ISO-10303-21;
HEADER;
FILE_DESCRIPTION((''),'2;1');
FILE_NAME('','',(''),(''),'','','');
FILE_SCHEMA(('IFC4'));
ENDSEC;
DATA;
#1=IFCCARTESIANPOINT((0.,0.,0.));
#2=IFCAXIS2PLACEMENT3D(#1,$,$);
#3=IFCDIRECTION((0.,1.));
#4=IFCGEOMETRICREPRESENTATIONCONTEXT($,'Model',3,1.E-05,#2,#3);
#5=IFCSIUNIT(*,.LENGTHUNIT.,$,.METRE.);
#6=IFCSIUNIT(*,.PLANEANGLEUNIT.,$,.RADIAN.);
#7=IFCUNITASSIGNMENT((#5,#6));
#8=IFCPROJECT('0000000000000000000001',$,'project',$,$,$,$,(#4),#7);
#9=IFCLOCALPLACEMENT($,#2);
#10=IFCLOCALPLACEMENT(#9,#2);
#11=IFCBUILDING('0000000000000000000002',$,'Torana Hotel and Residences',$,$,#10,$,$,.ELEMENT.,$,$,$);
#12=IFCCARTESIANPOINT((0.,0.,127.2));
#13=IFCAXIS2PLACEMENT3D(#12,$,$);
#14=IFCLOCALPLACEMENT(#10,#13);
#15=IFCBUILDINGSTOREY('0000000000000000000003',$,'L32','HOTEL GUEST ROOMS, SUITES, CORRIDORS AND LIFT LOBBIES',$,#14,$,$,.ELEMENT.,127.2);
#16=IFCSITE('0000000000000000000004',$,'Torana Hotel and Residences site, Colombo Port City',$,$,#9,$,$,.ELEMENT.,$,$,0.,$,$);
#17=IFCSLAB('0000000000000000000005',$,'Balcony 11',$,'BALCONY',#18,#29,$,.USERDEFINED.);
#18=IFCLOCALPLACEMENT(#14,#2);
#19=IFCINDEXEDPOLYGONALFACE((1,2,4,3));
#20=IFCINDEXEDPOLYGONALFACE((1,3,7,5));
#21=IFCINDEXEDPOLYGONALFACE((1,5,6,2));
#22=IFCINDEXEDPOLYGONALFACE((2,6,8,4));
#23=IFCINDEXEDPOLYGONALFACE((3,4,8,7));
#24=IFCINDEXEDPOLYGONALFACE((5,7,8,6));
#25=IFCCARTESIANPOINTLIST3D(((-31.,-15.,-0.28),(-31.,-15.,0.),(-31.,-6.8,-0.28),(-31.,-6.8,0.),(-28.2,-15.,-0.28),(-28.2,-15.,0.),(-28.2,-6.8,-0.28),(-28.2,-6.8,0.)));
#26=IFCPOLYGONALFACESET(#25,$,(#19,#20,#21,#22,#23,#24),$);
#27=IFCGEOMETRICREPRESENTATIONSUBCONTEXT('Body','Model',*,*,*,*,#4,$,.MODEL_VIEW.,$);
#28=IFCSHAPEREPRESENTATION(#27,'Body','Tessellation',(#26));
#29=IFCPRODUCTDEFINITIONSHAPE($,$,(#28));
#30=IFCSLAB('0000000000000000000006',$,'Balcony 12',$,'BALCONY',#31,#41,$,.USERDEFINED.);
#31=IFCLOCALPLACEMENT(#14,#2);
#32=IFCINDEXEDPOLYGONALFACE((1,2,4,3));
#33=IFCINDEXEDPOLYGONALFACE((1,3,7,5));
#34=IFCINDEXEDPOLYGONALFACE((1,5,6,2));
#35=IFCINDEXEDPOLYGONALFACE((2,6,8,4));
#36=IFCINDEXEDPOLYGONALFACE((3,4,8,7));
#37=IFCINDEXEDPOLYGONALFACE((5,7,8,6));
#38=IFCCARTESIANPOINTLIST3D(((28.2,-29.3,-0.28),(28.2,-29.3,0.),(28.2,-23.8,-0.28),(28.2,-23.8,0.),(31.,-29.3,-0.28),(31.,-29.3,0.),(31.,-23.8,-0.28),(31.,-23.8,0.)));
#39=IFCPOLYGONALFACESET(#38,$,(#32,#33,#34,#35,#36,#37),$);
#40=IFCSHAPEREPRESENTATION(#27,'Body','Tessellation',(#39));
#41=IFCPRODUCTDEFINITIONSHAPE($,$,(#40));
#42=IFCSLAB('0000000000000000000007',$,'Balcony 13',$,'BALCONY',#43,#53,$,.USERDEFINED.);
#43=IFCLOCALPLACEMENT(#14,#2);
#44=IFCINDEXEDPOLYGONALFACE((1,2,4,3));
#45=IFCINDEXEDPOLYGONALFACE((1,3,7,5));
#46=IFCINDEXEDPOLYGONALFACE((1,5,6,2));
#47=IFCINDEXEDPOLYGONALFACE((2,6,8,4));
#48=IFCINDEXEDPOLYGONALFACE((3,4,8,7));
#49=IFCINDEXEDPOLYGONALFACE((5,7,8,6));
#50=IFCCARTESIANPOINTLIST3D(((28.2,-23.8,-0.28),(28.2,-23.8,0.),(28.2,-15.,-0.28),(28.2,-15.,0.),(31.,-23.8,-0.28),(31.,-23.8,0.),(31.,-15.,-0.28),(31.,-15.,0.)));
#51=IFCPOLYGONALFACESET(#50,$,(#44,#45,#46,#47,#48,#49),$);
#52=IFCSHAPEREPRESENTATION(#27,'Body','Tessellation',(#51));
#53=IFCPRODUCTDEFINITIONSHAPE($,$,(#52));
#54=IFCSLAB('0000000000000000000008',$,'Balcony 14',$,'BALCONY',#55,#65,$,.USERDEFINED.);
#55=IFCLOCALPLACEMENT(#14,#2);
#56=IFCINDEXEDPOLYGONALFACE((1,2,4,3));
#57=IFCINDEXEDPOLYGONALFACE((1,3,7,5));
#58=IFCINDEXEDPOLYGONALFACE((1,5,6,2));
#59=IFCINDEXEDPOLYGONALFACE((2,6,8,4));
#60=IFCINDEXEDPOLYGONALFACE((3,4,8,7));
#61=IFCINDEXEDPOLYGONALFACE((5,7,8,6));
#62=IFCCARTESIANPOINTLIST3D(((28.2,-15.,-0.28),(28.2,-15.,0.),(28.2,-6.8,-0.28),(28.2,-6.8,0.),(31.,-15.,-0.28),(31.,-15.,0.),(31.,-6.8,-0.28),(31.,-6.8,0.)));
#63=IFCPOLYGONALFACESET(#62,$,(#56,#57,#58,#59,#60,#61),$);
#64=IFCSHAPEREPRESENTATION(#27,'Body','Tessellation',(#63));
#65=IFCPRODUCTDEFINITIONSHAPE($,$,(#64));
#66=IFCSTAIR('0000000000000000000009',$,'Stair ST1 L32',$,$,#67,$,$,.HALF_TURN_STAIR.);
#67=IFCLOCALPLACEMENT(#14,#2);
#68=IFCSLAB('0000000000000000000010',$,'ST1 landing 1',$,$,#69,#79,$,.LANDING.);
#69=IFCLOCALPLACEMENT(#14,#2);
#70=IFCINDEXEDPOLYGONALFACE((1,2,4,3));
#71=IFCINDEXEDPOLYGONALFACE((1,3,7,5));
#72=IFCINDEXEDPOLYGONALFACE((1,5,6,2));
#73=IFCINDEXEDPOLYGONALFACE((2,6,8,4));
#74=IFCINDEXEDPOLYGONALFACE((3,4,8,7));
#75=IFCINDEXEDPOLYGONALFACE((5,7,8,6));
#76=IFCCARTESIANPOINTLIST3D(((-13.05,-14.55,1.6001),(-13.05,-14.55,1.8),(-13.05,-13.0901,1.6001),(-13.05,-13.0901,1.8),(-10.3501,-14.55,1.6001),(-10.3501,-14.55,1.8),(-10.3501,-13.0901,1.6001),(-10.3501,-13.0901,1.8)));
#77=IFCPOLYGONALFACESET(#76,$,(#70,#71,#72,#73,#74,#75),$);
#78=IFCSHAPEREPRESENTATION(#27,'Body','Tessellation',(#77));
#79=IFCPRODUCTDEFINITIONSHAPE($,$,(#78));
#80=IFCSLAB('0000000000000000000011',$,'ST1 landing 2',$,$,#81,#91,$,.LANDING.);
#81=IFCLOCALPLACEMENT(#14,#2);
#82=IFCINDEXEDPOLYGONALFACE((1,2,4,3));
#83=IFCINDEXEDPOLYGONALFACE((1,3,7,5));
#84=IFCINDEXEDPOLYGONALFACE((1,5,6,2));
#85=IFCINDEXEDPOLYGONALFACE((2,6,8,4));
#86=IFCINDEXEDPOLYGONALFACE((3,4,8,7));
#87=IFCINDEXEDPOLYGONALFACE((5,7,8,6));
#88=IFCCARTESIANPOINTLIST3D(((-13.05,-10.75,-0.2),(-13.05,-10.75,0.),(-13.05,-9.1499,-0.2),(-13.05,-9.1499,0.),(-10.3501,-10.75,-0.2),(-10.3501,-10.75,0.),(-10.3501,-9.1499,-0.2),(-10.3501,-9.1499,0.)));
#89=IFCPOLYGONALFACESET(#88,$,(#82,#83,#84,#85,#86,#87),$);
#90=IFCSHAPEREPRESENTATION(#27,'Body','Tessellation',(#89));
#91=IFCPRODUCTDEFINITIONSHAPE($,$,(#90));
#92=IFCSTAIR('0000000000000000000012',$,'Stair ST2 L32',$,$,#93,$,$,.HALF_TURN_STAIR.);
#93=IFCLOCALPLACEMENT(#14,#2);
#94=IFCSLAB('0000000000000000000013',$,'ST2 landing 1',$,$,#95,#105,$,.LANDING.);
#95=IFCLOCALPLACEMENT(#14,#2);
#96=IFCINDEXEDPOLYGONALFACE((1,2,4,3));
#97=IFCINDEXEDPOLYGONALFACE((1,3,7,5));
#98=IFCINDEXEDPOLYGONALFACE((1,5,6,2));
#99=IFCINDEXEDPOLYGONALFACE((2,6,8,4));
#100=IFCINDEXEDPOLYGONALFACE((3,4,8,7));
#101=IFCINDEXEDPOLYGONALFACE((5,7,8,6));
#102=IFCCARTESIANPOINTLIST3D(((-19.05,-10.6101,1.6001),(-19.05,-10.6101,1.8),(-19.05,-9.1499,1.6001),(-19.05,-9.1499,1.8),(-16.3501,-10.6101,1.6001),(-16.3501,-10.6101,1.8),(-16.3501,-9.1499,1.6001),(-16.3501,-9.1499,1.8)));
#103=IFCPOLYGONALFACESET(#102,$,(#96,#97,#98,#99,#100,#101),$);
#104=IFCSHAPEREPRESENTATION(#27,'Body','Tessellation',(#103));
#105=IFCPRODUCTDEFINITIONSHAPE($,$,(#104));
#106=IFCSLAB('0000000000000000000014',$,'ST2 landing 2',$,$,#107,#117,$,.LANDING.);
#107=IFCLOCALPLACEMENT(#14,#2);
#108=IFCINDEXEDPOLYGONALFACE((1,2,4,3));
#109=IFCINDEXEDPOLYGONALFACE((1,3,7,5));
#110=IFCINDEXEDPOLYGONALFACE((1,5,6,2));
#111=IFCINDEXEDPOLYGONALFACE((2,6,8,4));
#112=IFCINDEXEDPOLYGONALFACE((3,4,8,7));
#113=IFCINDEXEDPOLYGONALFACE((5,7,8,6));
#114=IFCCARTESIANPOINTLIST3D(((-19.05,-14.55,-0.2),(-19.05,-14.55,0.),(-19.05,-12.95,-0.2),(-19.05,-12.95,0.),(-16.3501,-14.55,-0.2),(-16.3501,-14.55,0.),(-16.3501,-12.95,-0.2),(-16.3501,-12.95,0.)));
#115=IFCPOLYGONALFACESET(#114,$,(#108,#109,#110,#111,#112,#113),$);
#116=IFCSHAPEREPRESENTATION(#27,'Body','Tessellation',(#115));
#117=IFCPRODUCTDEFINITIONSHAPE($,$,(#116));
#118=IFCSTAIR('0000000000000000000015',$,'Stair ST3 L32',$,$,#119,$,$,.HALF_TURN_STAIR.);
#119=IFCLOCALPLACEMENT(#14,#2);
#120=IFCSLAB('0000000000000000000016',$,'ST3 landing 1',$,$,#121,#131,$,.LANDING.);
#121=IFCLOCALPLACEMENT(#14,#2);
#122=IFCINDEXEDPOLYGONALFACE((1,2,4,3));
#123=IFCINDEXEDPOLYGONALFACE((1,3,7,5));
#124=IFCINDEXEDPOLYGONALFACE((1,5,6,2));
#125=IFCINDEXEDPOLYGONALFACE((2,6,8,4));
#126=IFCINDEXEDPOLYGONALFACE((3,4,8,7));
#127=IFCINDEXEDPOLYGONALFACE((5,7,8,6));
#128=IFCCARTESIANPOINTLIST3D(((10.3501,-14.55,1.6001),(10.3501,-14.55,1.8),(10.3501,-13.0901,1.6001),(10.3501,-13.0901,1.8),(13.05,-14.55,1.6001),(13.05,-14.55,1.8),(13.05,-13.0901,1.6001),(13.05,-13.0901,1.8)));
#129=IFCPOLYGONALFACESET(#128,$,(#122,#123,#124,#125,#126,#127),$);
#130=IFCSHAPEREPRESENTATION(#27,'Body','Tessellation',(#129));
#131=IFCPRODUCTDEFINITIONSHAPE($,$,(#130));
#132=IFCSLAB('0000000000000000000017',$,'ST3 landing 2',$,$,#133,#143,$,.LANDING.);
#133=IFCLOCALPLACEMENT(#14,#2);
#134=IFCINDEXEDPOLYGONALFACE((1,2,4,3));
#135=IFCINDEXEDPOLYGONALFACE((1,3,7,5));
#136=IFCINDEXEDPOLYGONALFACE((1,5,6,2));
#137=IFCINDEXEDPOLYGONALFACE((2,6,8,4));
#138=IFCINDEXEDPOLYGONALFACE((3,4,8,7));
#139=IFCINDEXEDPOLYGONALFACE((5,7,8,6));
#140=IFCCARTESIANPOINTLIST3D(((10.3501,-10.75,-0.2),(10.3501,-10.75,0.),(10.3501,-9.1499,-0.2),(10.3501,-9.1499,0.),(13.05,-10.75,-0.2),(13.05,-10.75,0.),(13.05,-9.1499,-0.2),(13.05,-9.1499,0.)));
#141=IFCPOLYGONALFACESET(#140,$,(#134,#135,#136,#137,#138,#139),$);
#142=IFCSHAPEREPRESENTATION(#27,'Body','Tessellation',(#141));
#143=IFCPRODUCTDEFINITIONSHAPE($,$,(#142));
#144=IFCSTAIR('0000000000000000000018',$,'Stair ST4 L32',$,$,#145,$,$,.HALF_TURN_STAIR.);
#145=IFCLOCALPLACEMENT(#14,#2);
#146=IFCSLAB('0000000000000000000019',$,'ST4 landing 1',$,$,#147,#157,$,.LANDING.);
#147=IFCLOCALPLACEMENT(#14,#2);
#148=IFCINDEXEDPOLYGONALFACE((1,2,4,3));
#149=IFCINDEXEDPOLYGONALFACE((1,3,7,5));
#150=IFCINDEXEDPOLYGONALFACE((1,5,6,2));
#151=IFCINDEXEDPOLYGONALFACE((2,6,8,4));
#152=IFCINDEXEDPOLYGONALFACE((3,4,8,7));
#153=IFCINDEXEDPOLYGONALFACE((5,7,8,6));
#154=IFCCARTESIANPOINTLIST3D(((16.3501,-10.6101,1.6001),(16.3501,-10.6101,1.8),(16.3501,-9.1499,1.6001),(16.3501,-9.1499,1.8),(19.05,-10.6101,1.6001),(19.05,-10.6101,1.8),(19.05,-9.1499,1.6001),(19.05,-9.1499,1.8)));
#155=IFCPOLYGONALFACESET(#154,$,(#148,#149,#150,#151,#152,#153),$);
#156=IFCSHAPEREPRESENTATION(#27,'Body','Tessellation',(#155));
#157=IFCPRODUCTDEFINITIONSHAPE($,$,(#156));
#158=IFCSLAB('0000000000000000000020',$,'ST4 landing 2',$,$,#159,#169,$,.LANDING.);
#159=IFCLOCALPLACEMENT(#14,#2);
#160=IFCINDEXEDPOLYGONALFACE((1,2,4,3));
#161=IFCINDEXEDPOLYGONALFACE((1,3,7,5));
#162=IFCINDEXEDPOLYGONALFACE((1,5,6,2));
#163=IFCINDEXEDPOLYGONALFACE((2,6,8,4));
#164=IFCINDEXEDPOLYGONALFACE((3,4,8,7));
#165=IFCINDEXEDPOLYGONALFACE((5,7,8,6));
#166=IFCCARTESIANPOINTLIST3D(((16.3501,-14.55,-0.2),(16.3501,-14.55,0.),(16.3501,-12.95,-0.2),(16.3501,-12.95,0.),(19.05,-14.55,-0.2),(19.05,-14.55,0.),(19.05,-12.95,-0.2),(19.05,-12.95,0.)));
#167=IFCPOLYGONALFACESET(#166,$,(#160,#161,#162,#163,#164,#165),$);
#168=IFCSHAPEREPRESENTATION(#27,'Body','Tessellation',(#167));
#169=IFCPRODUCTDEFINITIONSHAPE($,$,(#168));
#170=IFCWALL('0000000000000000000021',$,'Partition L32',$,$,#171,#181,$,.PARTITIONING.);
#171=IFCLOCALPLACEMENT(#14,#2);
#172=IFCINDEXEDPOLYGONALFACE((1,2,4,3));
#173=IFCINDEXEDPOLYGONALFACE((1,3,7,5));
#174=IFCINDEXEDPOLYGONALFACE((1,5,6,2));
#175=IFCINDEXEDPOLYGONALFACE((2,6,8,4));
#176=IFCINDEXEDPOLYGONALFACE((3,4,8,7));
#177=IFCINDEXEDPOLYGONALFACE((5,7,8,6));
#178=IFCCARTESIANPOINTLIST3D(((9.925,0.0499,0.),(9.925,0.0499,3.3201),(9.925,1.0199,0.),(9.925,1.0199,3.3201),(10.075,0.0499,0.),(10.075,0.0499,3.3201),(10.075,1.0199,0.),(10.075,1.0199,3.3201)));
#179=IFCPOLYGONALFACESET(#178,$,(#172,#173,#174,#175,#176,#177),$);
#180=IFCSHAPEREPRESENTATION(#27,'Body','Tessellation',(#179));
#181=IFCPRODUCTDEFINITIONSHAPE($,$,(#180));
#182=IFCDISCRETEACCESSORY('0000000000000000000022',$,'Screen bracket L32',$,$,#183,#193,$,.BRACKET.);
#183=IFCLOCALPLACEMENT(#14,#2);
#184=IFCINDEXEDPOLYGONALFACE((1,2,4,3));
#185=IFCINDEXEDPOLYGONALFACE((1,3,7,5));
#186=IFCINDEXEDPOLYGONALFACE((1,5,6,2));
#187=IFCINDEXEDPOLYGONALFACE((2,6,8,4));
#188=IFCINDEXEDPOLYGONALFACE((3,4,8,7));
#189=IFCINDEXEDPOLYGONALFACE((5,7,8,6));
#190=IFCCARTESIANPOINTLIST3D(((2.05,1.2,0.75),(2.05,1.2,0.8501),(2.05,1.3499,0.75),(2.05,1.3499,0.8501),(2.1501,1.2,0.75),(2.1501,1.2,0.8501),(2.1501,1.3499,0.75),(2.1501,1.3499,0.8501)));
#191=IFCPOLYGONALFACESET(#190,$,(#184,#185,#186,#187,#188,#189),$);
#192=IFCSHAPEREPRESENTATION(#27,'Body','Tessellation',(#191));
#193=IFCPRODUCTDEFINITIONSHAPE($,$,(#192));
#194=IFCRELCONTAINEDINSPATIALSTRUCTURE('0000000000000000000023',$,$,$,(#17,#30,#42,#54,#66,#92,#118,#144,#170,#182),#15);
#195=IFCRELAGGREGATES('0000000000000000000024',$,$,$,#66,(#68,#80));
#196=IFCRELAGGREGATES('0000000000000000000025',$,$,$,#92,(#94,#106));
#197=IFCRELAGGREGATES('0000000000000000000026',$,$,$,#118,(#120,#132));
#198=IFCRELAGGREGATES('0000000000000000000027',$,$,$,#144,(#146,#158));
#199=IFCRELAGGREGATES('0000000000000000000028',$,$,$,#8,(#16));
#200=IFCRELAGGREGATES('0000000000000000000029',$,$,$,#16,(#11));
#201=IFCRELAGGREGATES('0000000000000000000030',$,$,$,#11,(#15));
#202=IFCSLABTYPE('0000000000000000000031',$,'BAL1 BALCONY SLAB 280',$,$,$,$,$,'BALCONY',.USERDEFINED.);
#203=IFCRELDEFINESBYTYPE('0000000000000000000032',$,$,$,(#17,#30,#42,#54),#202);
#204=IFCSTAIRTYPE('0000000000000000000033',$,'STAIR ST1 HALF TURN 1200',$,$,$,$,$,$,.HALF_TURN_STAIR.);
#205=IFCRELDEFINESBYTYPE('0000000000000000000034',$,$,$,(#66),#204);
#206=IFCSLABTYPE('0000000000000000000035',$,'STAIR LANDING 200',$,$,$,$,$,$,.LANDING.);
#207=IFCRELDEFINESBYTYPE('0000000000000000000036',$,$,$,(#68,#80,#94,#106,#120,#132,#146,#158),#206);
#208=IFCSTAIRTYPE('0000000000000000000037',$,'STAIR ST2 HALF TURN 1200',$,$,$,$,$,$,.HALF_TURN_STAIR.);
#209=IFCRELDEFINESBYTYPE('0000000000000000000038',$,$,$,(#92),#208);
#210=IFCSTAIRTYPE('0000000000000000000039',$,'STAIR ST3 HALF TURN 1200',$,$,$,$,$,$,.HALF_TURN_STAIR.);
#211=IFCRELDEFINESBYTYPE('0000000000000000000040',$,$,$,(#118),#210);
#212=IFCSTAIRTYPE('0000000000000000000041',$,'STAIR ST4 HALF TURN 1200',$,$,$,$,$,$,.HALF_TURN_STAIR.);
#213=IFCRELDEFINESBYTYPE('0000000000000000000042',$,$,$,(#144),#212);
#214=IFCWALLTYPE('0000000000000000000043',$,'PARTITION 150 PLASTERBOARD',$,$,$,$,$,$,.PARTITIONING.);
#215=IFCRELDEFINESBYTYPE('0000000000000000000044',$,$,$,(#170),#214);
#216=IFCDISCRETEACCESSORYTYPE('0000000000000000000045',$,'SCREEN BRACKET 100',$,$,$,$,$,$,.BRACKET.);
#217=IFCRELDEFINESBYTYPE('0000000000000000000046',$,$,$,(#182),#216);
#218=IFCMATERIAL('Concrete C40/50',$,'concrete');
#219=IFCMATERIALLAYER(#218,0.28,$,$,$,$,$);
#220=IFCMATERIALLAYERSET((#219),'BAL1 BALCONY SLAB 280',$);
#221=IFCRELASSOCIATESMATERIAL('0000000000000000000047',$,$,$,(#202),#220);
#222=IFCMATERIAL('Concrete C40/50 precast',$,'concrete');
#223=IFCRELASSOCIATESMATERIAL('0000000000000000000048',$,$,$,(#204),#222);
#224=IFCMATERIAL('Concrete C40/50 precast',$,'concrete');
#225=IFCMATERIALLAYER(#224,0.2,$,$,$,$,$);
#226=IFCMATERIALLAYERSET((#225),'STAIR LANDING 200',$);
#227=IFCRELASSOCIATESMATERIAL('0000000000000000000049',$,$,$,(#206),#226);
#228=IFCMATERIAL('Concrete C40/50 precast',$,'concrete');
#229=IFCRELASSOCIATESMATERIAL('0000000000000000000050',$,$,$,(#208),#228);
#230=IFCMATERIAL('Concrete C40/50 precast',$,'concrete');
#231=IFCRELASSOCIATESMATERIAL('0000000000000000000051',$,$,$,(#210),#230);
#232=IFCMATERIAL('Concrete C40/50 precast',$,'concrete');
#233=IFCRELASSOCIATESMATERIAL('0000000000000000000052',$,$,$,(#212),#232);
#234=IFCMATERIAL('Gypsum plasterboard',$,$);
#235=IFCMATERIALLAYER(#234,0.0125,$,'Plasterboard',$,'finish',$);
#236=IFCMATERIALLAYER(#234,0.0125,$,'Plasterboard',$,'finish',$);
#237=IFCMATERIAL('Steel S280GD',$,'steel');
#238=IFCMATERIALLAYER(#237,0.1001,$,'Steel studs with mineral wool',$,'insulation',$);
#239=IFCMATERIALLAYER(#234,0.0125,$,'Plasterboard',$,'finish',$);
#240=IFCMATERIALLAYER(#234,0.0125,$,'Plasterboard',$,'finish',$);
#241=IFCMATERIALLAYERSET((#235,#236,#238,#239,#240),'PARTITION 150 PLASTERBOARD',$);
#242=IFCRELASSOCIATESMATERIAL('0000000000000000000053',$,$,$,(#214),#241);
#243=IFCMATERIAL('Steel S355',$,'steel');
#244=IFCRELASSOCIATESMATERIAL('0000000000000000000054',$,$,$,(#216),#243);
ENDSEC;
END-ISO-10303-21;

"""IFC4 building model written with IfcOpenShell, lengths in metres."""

from ifc_helpers import new_model, si_unit, direction, frame, frame_2d, origin, origin_2d, place, context, subcontext, project, spatial, polyline, rectangle, outline, extrude, material, layer, layer_set, type_object, element, aggregate, save


model = new_model("IFC4")

# Units and contexts
model_context = context("Model", 3, precision=1e-05, world=origin(), true_north=direction((0.0, 1.0)))
body_context = subcontext(model_context, "Body", "Model", "MODEL_VIEW")
ifc_project = project(units=[si_unit("LENGTHUNIT", "METRE"), si_unit("PLANEANGLEUNIT", "RADIAN")], contexts=[model_context])

# Site, building, storey
site_placement = place(None, origin())
site = spatial("IfcSite", under=ifc_project, at=site_placement, Name="Torana Hotel and Residences site, Colombo Port City", CompositionType="ELEMENT", RefElevation=0.0)
building_placement = place(site_placement, origin())
building = spatial("IfcBuilding", under=site, at=building_placement, Name="Torana Hotel and Residences", CompositionType="ELEMENT")
storey_placement = place(building_placement, frame((0.0, 0.0, 127.2)))
storey = spatial("IfcBuildingStorey", under=building, at=storey_placement, Name="L32", Description="HOTEL GUEST ROOMS, SUITES, CORRIDORS AND LIFT LOBBIES", CompositionType="ELEMENT", Elevation=127.2)

# Slabs
ifc_material_1 = material(Name="Concrete C40/50", Category="concrete")
ifc_layer_1 = layer(ifc_material_1, 0.28)
ifc_layer_set_1 = layer_set([ifc_layer_1], Name="BAL1 BALCONY SLAB 280")
slab_type_1 = type_object("IfcSlabType", Name="BAL1 BALCONY SLAB 280", ElementType="BALCONY", PredefinedType="USERDEFINED", material=ifc_layer_set_1)
slab_1_placement = place(storey_placement, frame((0.0, 0.0, -0.28)))
element("IfcSlab", 1, at=slab_1_placement, inside=storey, type_object=slab_type_1, Name="Balcony 11", ObjectType="BALCONY", PredefinedType="USERDEFINED", context=body_context, shape_type="SweptSolid", body=[
    extrude(outline(polyline([(-31.0, -15.0), (-28.2, -15.0), (-28.2, -6.8), (-31.0, -6.8), (-31.0, -15.0)])), origin(), (0.0, 0.0, 1.0), 0.28),
])
slab_2_placement = place(storey_placement, frame((0.0, 0.0, -0.28)))
element("IfcSlab", 2, at=slab_2_placement, inside=storey, type_object=slab_type_1, Name="Balcony 12", ObjectType="BALCONY", PredefinedType="USERDEFINED", context=body_context, shape_type="SweptSolid", body=[
    extrude(outline(polyline([(28.2, -29.3), (31.0, -29.3), (31.0, -23.8), (28.2, -23.8), (28.2, -29.3)])), origin(), (0.0, 0.0, 1.0), 0.28),
])
slab_3_placement = place(storey_placement, frame((0.0, 0.0, -0.28)))
element("IfcSlab", 3, at=slab_3_placement, inside=storey, type_object=slab_type_1, Name="Balcony 13", ObjectType="BALCONY", PredefinedType="USERDEFINED", context=body_context, shape_type="SweptSolid", body=[
    extrude(outline(polyline([(28.2, -23.8), (31.0, -23.8), (31.0, -15.0), (28.2, -15.0), (28.2, -23.8)])), origin(), (0.0, 0.0, 1.0), 0.28),
])
slab_4_placement = place(storey_placement, frame((0.0, 0.0, -0.28)))
element("IfcSlab", 4, at=slab_4_placement, inside=storey, type_object=slab_type_1, Name="Balcony 14", ObjectType="BALCONY", PredefinedType="USERDEFINED", context=body_context, shape_type="SweptSolid", body=[
    extrude(outline(polyline([(28.2, -15.0), (31.0, -15.0), (31.0, -6.8), (28.2, -6.8), (28.2, -15.0)])), origin(), (0.0, 0.0, 1.0), 0.28),
])

# Stairs, slabs
ifc_material_2 = material(Name="Concrete C40/50 precast", Category="concrete")
stair_type_1 = type_object("IfcStairType", Name="STAIR ST1 HALF TURN 1200", PredefinedType="HALF_TURN_STAIR", material=ifc_material_2)
stair_1_placement = place(storey_placement, origin())
stair_1 = element("IfcStair", 5, at=stair_1_placement, inside=storey, type_object=stair_type_1, Name="Stair ST1 L32", PredefinedType="HALF_TURN_STAIR")
ifc_material_3 = material(Name="Concrete C40/50 precast", Category="concrete")
ifc_layer_2 = layer(ifc_material_3, 0.2)
ifc_layer_set_2 = layer_set([ifc_layer_2], Name="STAIR LANDING 200")
slab_type_2 = type_object("IfcSlabType", Name="STAIR LANDING 200", PredefinedType="LANDING", material=ifc_layer_set_2)
slab_5_placement = place(storey_placement, frame((0.0, 0.0, 1.6001)))
slab_5 = element("IfcSlab", 6, at=slab_5_placement, type_object=slab_type_2, Name="ST1 landing 1", PredefinedType="LANDING", context=body_context, shape_type="SweptSolid", body=[
    extrude(outline(polyline([(-13.05, -14.55), (-10.3501, -14.55), (-10.3501, -13.0901), (-13.05, -13.0901), (-13.05, -14.55)])), origin(), (0.0, 0.0, 1.0), 0.2),
])
slab_6_placement = place(storey_placement, frame((0.0, 0.0, -0.2)))
slab_6 = element("IfcSlab", 7, at=slab_6_placement, type_object=slab_type_2, Name="ST1 landing 2", PredefinedType="LANDING", context=body_context, shape_type="SweptSolid", body=[
    extrude(outline(polyline([(-13.05, -10.75), (-10.3501, -10.75), (-10.3501, -9.1499), (-13.05, -9.1499), (-13.05, -10.75)])), origin(), (0.0, 0.0, 1.0), 0.2),
])
aggregate(stair_1, [slab_5, slab_6])
ifc_material_4 = material(Name="Concrete C40/50 precast", Category="concrete")
stair_type_2 = type_object("IfcStairType", Name="STAIR ST2 HALF TURN 1200", PredefinedType="HALF_TURN_STAIR", material=ifc_material_4)
stair_2_placement = place(storey_placement, origin())
stair_2 = element("IfcStair", 8, at=stair_2_placement, inside=storey, type_object=stair_type_2, Name="Stair ST2 L32", PredefinedType="HALF_TURN_STAIR")
slab_7_placement = place(storey_placement, frame((0.0, 0.0, 1.6001)))
slab_7 = element("IfcSlab", 9, at=slab_7_placement, type_object=slab_type_2, Name="ST2 landing 1", PredefinedType="LANDING", context=body_context, shape_type="SweptSolid", body=[
    extrude(outline(polyline([(-19.05, -10.6101), (-16.3501, -10.6101), (-16.3501, -9.1499), (-19.05, -9.1499), (-19.05, -10.6101)])), origin(), (0.0, 0.0, 1.0), 0.2),
])
slab_8_placement = place(storey_placement, frame((0.0, 0.0, -0.2)))
slab_8 = element("IfcSlab", 10, at=slab_8_placement, type_object=slab_type_2, Name="ST2 landing 2", PredefinedType="LANDING", context=body_context, shape_type="SweptSolid", body=[
    extrude(outline(polyline([(-19.05, -14.55), (-16.3501, -14.55), (-16.3501, -12.95), (-19.05, -12.95), (-19.05, -14.55)])), origin(), (0.0, 0.0, 1.0), 0.2),
])
aggregate(stair_2, [slab_7, slab_8])
ifc_material_5 = material(Name="Concrete C40/50 precast", Category="concrete")
stair_type_3 = type_object("IfcStairType", Name="STAIR ST3 HALF TURN 1200", PredefinedType="HALF_TURN_STAIR", material=ifc_material_5)
stair_3_placement = place(storey_placement, origin())
stair_3 = element("IfcStair", 11, at=stair_3_placement, inside=storey, type_object=stair_type_3, Name="Stair ST3 L32", PredefinedType="HALF_TURN_STAIR")
slab_9_placement = place(storey_placement, frame((0.0, 0.0, 1.6001)))
slab_9 = element("IfcSlab", 12, at=slab_9_placement, type_object=slab_type_2, Name="ST3 landing 1", PredefinedType="LANDING", context=body_context, shape_type="SweptSolid", body=[
    extrude(outline(polyline([(10.3501, -14.55), (13.05, -14.55), (13.05, -13.0901), (10.3501, -13.0901), (10.3501, -14.55)])), origin(), (0.0, 0.0, 1.0), 0.2),
])
slab_10_placement = place(storey_placement, frame((0.0, 0.0, -0.2)))
slab_10 = element("IfcSlab", 13, at=slab_10_placement, type_object=slab_type_2, Name="ST3 landing 2", PredefinedType="LANDING", context=body_context, shape_type="SweptSolid", body=[
    extrude(outline(polyline([(10.3501, -10.75), (13.05, -10.75), (13.05, -9.1499), (10.3501, -9.1499), (10.3501, -10.75)])), origin(), (0.0, 0.0, 1.0), 0.2),
])
aggregate(stair_3, [slab_9, slab_10])
ifc_material_6 = material(Name="Concrete C40/50 precast", Category="concrete")
stair_type_4 = type_object("IfcStairType", Name="STAIR ST4 HALF TURN 1200", PredefinedType="HALF_TURN_STAIR", material=ifc_material_6)
stair_4_placement = place(storey_placement, origin())
stair_4 = element("IfcStair", 14, at=stair_4_placement, inside=storey, type_object=stair_type_4, Name="Stair ST4 L32", PredefinedType="HALF_TURN_STAIR")
slab_11_placement = place(storey_placement, frame((0.0, 0.0, 1.6001)))
slab_11 = element("IfcSlab", 15, at=slab_11_placement, type_object=slab_type_2, Name="ST4 landing 1", PredefinedType="LANDING", context=body_context, shape_type="SweptSolid", body=[
    extrude(outline(polyline([(16.3501, -10.6101), (19.05, -10.6101), (19.05, -9.1499), (16.3501, -9.1499), (16.3501, -10.6101)])), origin(), (0.0, 0.0, 1.0), 0.2),
])
slab_12_placement = place(storey_placement, frame((0.0, 0.0, -0.2)))
slab_12 = element("IfcSlab", 16, at=slab_12_placement, type_object=slab_type_2, Name="ST4 landing 2", PredefinedType="LANDING", context=body_context, shape_type="SweptSolid", body=[
    extrude(outline(polyline([(16.3501, -14.55), (19.05, -14.55), (19.05, -12.95), (16.3501, -12.95), (16.3501, -14.55)])), origin(), (0.0, 0.0, 1.0), 0.2),
])
aggregate(stair_4, [slab_11, slab_12])

# Wall
ifc_material_7 = material(Name="Gypsum plasterboard")
ifc_layer_3 = layer(ifc_material_7, 0.0125, Name="Plasterboard", Category="finish")
ifc_layer_4 = layer(ifc_material_7, 0.0125, Name="Plasterboard", Category="finish")
ifc_material_8 = material(Name="Steel S280GD", Category="steel")
ifc_layer_5 = layer(ifc_material_8, 0.1001, Name="Steel studs with mineral wool", Category="insulation")
ifc_layer_6 = layer(ifc_material_7, 0.0125, Name="Plasterboard", Category="finish")
ifc_layer_7 = layer(ifc_material_7, 0.0125, Name="Plasterboard", Category="finish")
ifc_layer_set_3 = layer_set([ifc_layer_3, ifc_layer_4, ifc_layer_5, ifc_layer_6, ifc_layer_7], Name="PARTITION 150 PLASTERBOARD")
wall_type = type_object("IfcWallType", Name="PARTITION 150 PLASTERBOARD", PredefinedType="PARTITIONING", material=ifc_layer_set_3)
wall_placement = place(storey_placement, frame((10.0, 0.05, 0.0), z_axis=(0.0, 0.0, 1.0), x_axis=(0.0, 1.0, 0.0)))
element("IfcWall", 17, at=wall_placement, inside=storey, type_object=wall_type, Name="Partition L32", PredefinedType="PARTITIONING", context=body_context, shape_type="SweptSolid", body=[
    extrude(rectangle(XDim=0.97, YDim=0.1499, at=frame_2d((0.4849, 0.0))), origin(), (0.0, 0.0, 1.0), 3.3201),
])

# Discrete accessory
ifc_material_9 = material(Name="Steel S355", Category="steel")
discrete_accessory_type = type_object("IfcDiscreteAccessoryType", Name="SCREEN BRACKET 100", PredefinedType="BRACKET", material=ifc_material_9)
for number, where, z_axis, x_axis, name in (
    (18, (2.1001, 1.2749, 0.75), (0.0, 0.0, 1.0), (-1.0, 0.0, 0.0), "Screen bracket L32"),
):
    element("IfcDiscreteAccessory", number, at=place(storey_placement, frame(where, z_axis=z_axis, x_axis=x_axis)), inside=storey, type_object=discrete_accessory_type, Name=name, PredefinedType="BRACKET", context=body_context, shape_type="SweptSolid", body=[
        extrude(rectangle(XDim=0.1001, YDim=0.1499, at=origin_2d()), origin(), (0.0, 0.0, 1.0), 0.1001),
    ])

save(model, "model.ifc")
